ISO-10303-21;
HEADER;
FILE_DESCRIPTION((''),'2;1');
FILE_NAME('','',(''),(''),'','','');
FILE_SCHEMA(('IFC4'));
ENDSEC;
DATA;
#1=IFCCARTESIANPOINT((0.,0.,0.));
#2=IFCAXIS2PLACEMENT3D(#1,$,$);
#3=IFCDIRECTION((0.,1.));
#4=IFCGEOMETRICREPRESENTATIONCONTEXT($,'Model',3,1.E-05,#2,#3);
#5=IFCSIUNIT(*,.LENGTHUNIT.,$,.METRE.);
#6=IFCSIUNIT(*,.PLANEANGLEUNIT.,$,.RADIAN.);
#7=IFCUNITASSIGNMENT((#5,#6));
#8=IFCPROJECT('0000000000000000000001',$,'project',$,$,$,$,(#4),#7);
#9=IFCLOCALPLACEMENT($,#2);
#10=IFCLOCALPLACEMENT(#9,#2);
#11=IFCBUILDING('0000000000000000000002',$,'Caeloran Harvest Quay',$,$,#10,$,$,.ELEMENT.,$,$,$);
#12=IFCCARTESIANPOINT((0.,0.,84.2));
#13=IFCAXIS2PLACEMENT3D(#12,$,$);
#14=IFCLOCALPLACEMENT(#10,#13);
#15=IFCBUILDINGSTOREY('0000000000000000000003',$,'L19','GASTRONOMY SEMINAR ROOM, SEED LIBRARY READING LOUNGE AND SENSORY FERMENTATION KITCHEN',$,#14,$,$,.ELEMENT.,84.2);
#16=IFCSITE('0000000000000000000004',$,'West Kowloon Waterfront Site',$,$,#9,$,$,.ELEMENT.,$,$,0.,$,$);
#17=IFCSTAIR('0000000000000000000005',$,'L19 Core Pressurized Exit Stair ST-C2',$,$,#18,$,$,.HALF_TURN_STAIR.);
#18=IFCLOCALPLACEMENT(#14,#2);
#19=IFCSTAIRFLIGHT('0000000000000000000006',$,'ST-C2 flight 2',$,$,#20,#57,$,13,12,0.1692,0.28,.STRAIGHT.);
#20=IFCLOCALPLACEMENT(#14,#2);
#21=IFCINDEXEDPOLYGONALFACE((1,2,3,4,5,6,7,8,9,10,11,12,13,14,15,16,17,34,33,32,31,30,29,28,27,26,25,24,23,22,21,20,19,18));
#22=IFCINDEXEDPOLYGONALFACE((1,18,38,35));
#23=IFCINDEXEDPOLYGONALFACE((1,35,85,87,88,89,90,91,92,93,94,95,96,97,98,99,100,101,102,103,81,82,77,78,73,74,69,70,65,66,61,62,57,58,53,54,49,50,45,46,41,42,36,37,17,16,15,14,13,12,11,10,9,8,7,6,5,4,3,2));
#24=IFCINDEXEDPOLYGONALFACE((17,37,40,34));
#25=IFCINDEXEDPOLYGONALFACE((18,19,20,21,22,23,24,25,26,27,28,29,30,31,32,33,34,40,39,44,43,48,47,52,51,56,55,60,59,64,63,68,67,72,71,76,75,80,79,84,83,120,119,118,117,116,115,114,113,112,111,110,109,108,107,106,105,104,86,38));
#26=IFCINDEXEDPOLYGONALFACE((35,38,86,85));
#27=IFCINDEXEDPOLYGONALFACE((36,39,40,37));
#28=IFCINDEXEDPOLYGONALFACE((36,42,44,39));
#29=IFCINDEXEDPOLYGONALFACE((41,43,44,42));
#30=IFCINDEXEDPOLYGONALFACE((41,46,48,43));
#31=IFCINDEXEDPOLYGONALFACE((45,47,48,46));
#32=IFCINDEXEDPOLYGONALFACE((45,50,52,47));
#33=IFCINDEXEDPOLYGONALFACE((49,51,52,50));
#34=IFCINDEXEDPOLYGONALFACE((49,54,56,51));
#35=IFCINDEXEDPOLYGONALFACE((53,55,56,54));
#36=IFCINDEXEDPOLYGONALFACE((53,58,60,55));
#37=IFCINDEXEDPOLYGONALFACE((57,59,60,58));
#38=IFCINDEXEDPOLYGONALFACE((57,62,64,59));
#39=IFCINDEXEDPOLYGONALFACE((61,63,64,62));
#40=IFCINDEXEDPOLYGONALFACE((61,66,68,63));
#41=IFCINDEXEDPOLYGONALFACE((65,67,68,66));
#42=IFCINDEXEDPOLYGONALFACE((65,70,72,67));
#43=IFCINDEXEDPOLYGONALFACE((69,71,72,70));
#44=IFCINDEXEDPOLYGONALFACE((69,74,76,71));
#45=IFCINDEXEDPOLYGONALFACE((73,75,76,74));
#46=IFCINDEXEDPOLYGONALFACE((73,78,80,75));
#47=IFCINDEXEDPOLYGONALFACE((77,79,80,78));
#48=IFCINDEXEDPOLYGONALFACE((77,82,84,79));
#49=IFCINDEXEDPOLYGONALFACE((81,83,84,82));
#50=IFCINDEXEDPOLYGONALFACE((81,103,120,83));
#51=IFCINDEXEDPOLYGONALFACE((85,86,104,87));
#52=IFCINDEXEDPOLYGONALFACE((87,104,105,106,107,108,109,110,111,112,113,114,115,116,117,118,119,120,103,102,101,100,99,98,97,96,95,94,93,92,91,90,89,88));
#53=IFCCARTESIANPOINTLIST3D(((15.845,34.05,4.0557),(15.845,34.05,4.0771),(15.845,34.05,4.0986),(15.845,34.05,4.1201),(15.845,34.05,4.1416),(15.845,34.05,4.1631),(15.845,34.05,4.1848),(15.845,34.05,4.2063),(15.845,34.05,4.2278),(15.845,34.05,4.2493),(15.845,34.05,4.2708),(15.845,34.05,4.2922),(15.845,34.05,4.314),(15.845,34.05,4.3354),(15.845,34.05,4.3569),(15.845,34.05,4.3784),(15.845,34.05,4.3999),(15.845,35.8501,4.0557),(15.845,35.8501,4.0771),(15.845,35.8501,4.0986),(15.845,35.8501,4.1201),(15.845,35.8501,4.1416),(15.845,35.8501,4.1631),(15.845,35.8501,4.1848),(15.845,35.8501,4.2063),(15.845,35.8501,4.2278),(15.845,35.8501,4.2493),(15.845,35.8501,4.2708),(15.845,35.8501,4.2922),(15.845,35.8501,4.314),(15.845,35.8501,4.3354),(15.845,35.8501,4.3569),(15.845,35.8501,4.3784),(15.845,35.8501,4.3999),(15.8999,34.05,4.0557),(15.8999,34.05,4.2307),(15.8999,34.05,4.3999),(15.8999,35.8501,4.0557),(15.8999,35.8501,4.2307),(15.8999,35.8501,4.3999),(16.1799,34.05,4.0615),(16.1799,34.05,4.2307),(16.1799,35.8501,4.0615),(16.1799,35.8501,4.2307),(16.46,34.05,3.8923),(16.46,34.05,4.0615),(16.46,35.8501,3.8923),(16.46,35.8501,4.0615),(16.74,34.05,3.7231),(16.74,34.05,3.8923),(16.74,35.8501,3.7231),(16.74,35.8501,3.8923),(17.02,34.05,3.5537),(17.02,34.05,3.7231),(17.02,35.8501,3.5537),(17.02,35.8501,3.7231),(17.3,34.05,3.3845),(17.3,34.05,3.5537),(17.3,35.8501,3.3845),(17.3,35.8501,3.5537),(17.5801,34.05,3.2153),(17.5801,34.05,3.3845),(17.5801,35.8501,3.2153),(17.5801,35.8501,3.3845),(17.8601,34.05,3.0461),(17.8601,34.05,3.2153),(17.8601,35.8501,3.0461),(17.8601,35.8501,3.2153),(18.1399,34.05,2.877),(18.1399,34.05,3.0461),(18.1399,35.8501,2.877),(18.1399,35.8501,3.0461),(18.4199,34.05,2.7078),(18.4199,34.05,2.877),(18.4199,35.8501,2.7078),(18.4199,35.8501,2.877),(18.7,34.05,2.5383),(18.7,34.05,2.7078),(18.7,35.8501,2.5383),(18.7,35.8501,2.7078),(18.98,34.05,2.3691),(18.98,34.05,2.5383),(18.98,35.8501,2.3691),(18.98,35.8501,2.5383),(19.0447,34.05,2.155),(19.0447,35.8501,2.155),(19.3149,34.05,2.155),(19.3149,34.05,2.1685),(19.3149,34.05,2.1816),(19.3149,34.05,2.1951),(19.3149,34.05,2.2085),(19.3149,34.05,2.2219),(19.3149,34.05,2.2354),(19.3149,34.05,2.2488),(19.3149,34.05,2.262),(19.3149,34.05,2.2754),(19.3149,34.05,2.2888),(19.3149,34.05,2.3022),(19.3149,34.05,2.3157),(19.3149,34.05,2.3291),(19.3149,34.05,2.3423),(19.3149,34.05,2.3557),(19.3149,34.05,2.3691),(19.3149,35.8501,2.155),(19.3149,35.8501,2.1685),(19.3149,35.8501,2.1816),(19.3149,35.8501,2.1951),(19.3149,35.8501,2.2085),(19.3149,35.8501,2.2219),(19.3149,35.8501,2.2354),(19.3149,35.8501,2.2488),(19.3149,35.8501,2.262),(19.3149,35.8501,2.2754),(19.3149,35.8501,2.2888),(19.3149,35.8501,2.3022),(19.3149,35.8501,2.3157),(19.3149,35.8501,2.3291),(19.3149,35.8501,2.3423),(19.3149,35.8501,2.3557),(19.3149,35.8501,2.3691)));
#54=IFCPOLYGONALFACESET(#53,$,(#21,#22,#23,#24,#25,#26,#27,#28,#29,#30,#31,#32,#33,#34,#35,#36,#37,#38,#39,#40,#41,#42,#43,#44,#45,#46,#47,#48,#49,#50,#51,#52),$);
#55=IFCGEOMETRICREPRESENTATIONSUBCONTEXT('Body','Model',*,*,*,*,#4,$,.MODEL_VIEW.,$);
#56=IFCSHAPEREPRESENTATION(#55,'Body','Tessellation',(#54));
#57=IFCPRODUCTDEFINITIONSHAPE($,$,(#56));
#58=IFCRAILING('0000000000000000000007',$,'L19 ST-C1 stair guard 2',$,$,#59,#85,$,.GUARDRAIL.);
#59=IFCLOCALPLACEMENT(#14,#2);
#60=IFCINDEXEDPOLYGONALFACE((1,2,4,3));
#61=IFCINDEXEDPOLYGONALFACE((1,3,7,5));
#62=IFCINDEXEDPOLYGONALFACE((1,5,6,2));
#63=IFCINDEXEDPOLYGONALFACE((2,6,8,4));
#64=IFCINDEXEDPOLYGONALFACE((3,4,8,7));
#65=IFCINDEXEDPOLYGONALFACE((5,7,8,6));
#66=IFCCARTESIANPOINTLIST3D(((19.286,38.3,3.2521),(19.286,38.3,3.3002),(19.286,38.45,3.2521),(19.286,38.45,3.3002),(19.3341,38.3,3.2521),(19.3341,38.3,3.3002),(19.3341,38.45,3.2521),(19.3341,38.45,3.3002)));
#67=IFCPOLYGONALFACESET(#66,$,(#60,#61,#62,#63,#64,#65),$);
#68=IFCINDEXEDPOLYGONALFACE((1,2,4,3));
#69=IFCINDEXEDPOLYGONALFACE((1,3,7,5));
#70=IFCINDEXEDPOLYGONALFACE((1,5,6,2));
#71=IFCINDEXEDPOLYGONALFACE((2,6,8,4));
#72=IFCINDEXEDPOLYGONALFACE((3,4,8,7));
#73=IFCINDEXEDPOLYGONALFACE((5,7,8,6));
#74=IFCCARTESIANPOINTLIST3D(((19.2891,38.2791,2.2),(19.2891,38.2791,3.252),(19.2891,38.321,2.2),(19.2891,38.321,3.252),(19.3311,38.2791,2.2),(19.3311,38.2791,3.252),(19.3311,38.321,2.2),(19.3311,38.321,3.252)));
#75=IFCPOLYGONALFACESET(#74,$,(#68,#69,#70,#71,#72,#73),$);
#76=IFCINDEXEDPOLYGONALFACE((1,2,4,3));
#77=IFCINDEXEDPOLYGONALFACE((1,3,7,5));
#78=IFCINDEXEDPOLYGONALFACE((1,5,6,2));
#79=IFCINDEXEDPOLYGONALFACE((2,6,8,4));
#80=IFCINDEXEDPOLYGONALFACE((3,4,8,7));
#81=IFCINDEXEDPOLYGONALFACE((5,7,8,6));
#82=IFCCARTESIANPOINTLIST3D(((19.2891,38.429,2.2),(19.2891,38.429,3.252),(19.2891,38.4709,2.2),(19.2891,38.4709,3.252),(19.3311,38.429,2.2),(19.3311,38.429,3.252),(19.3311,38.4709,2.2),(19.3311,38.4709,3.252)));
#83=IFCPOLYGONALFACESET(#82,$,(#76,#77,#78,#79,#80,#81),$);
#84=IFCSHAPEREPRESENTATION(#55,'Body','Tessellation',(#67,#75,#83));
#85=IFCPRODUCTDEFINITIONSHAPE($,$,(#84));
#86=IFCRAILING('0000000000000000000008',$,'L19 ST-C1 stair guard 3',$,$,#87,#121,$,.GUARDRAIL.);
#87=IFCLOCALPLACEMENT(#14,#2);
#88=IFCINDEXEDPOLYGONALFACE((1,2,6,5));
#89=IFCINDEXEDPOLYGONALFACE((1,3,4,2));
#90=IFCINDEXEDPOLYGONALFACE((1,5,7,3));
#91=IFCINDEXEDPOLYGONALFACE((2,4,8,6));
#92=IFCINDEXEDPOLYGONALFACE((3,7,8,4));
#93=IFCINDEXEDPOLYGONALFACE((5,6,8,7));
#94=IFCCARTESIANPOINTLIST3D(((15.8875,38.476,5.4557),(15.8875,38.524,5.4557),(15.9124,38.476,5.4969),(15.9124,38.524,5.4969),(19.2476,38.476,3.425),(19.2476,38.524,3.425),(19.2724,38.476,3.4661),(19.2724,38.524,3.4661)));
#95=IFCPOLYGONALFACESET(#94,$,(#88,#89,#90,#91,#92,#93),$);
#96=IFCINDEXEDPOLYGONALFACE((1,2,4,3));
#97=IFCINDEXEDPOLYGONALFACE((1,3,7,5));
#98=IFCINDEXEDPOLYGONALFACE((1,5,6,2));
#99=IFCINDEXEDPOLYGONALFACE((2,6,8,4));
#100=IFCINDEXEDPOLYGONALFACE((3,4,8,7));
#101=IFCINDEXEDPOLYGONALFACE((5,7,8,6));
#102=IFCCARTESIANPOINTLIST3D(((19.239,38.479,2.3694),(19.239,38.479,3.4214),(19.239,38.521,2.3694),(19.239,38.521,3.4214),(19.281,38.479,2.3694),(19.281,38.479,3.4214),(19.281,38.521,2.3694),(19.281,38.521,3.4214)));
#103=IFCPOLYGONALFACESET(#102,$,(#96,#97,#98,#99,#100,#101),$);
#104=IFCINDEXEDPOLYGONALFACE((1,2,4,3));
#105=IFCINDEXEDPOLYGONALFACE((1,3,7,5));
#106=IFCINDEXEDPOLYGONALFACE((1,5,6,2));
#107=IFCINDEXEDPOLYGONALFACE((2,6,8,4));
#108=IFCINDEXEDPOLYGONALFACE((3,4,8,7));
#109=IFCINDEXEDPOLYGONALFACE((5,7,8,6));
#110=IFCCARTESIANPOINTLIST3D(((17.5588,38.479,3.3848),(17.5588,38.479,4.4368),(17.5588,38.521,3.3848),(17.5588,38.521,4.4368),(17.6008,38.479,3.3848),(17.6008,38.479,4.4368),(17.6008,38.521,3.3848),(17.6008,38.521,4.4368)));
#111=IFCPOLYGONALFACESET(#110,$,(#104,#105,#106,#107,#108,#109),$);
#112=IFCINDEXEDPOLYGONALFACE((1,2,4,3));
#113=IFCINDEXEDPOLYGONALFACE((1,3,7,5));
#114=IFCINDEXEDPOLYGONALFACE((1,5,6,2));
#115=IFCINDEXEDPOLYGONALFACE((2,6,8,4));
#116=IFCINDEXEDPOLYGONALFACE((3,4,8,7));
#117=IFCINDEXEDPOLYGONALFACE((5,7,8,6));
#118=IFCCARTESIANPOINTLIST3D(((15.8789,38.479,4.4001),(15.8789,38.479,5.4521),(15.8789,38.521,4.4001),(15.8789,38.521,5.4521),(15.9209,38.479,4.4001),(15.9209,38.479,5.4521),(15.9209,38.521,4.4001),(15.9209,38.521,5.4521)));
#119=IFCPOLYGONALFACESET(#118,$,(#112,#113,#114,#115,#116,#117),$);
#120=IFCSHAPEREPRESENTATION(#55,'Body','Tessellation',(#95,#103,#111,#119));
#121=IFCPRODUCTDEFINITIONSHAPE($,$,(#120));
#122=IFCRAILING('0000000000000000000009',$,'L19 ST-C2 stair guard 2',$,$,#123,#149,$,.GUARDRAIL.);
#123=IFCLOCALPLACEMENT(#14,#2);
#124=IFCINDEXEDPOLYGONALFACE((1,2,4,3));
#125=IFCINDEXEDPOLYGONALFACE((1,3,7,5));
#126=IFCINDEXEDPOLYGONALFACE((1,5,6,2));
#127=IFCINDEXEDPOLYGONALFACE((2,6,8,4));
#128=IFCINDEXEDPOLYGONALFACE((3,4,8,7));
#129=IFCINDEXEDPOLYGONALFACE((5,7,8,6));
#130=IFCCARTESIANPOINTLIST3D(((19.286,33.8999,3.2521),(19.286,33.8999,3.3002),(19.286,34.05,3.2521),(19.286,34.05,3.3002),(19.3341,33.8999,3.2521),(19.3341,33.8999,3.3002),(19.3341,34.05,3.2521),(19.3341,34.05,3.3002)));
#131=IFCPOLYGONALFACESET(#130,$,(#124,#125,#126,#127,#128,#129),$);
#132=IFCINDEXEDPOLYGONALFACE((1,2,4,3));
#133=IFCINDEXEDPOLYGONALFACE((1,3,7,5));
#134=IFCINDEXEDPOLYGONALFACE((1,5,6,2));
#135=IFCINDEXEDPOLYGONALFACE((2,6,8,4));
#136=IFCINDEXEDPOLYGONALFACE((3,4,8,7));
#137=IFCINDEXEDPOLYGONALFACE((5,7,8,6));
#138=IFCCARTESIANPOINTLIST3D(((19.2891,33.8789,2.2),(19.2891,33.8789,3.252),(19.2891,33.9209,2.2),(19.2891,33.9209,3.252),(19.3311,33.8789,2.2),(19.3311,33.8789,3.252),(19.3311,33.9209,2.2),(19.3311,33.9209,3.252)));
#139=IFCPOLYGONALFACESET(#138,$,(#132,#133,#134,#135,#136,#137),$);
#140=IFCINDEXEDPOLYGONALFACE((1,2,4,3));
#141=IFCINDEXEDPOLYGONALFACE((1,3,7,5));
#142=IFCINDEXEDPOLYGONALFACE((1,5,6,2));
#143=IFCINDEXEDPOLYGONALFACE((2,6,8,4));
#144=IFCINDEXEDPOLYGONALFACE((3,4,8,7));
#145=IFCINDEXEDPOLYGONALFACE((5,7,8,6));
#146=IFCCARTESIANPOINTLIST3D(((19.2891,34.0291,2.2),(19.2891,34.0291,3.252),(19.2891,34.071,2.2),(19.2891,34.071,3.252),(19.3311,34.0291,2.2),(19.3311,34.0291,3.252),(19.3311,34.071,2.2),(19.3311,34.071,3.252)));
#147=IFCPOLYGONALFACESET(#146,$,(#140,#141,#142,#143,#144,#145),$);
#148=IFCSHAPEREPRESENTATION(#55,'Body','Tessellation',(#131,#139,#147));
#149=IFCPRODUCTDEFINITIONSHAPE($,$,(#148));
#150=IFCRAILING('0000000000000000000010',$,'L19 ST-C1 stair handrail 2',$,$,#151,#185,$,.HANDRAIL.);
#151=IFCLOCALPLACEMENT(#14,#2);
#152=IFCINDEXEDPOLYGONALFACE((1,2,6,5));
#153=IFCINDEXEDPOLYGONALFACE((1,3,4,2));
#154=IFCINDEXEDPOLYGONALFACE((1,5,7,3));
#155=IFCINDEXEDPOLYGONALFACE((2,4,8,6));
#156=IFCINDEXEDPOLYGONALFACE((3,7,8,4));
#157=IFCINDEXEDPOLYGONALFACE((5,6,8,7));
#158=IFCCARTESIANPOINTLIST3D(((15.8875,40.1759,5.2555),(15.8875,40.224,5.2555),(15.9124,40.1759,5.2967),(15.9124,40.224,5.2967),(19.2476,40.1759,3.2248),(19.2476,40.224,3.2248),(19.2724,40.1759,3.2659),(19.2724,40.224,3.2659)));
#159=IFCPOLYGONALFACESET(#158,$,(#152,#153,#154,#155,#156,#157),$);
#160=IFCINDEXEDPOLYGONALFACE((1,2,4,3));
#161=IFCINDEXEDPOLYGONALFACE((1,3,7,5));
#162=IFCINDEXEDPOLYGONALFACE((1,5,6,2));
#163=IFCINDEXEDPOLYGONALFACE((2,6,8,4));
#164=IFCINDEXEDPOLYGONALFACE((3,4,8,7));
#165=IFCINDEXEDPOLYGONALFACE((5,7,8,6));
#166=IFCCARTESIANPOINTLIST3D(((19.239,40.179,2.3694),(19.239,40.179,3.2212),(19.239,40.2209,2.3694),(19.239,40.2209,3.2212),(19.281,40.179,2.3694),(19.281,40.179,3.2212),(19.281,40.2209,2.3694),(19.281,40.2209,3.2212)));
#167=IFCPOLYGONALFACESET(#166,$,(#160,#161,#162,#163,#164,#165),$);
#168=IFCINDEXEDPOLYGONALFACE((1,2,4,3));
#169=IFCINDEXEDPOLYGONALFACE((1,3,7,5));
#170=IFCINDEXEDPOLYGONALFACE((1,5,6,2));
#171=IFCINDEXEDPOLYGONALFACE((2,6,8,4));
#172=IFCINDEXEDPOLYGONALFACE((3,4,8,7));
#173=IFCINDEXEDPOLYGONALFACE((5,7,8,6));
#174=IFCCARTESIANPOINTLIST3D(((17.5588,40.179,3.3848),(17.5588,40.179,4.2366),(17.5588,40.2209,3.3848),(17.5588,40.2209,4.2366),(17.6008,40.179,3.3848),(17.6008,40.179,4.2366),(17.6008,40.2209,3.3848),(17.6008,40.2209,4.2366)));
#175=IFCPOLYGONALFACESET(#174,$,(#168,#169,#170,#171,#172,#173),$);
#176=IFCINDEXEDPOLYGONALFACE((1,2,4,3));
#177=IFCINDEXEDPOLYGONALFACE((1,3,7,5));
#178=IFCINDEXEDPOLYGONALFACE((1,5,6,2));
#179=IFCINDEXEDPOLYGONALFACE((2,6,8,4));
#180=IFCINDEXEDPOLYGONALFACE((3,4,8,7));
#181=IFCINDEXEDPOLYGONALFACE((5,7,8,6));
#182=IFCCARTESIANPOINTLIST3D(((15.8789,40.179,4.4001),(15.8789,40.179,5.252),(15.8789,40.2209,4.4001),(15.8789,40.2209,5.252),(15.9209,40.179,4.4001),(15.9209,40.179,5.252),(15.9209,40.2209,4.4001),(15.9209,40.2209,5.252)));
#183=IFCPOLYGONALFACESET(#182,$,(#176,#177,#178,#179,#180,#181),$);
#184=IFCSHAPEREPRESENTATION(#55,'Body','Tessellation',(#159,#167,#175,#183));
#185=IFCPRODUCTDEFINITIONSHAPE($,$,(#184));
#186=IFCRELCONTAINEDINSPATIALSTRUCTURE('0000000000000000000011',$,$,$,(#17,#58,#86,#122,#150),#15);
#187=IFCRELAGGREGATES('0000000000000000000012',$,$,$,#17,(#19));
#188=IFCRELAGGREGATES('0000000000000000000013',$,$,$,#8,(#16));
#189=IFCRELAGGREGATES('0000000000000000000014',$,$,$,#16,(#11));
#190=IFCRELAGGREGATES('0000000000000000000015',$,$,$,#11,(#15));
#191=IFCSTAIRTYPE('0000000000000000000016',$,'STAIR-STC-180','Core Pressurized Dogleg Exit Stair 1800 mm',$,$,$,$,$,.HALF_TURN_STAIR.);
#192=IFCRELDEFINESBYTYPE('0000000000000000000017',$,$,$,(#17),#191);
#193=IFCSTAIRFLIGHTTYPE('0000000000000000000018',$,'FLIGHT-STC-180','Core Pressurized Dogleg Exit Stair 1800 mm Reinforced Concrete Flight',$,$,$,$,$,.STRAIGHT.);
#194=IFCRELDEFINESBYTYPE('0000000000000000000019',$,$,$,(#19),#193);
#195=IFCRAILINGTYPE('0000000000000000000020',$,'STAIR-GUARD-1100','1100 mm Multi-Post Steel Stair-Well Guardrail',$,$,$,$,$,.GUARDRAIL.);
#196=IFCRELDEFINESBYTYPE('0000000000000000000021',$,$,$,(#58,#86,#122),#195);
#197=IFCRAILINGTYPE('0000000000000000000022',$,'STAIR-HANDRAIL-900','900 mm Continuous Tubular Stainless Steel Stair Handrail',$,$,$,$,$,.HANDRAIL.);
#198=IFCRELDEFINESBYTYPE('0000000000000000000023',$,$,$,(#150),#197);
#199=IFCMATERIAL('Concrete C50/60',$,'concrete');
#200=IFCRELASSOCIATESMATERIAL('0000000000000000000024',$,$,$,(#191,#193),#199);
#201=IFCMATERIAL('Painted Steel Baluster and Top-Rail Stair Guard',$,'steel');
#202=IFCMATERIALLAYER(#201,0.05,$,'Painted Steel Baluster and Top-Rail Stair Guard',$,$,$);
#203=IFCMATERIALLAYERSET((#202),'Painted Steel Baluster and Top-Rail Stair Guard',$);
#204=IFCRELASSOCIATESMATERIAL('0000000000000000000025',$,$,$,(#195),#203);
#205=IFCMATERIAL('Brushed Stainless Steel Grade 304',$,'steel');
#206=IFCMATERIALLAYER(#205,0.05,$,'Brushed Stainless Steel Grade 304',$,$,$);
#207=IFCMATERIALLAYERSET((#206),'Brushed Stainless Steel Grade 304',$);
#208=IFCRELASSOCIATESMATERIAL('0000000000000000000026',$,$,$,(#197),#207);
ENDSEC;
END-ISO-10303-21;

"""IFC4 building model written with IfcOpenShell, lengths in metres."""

from ifc_helpers import new_model, si_unit, direction, frame, origin, origin_2d, place, context, subcontext, project, spatial, polyline, rectangle, outline, extrude, material, layer, layer_set, type_object, element, aggregate, save


model = new_model("IFC4")

# Units and contexts
model_context = context("Model", 3, precision=1e-05, world=origin(), true_north=direction((0.0, 1.0)))
body_context = subcontext(model_context, "Body", "Model", "MODEL_VIEW")
ifc_project = project(units=[si_unit("LENGTHUNIT", "METRE"), si_unit("PLANEANGLEUNIT", "RADIAN")], contexts=[model_context])

# Site, building, storey
site_placement = place(None, origin())
site = spatial("IfcSite", under=ifc_project, at=site_placement, Name="West Kowloon Waterfront Site", CompositionType="ELEMENT", RefElevation=0.0)
building_placement = place(site_placement, origin())
building = spatial("IfcBuilding", under=site, at=building_placement, Name="Caeloran Harvest Quay", CompositionType="ELEMENT")
storey_placement = place(building_placement, frame((0.0, 0.0, 84.2)))
storey = spatial("IfcBuildingStorey", under=building, at=storey_placement, Name="L19", Description="GASTRONOMY SEMINAR ROOM, SEED LIBRARY READING LOUNGE AND SENSORY FERMENTATION KITCHEN", CompositionType="ELEMENT", Elevation=84.2)

# Shared definitions
ifc_material_1 = material(Name="Concrete C50/60", Category="concrete")

# Stair, stair flight
stair_type = type_object("IfcStairType", Name="STAIR-STC-180", Description="Core Pressurized Dogleg Exit Stair 1800 mm", PredefinedType="HALF_TURN_STAIR", material=ifc_material_1)
stair_flight_type = type_object("IfcStairFlightType", Name="FLIGHT-STC-180", Description="Core Pressurized Dogleg Exit Stair 1800 mm Reinforced Concrete Flight", PredefinedType="STRAIGHT", material=ifc_material_1)
stair_1_placement = place(storey_placement, origin())
stair_1 = element("IfcStair", 1, at=stair_1_placement, inside=storey, type_object=stair_type, Name="L19 Core Pressurized Exit Stair ST-C2", PredefinedType="HALF_TURN_STAIR")
stair_flight_1_placement = place(storey_placement, frame((19.26, 34.95, 2.2), z_axis=(0.0, 0.0, 1.0), x_axis=(-1.0, 0.0, 0.0)))
stair_flight_1 = element("IfcStairFlight", 2, at=stair_flight_1_placement, type_object=stair_flight_type, Name="ST-C2 flight 2", NumberOfRisers=13, NumberOfTreads=12, PredefinedType="STRAIGHT", RiserHeight=0.1692, TreadLength=0.28, context=body_context, shape_type="SweptSolid", body=[
    extrude(outline(polyline([(-0.0549, -0.0449), (-0.0549, -0.0315), (-0.0549, -0.0183), (-0.0549, -0.0049), (-0.0549, 0.0085), (-0.0549, 0.022), (-0.0549, 0.0354), (-0.0549, 0.0488), (-0.0549, 0.062), (-0.0549, 0.0754), (-0.0549, 0.0889), (-0.0549, 0.1023), (-0.0549, 0.1157), (-0.0549, 0.1292), (-0.0549, 0.1423), (-0.0549, 0.1558), (-0.0549, 0.1692), (0.28, 0.1692), (0.28, 0.3384), (0.5601, 0.3384), (0.5601, 0.5078), (0.8401, 0.5078), (0.8401, 0.677), (1.1201, 0.677), (1.1201, 0.8462), (1.3999, 0.8462), (1.3999, 1.0154), (1.6799, 1.0154), (1.6799, 1.1846), (1.96, 1.1846), (1.96, 1.3538), (2.24, 1.3538), (2.24, 1.5232), (2.52, 1.5232), (2.52, 1.6924), (2.8, 1.6924), (2.8, 1.8616), (3.0801, 1.8616), (3.0801, 2.0308), (3.3601, 2.0308), (3.3601, 2.2), (3.415, 2.2), (3.415, 2.1785), (3.415, 2.157), (3.415, 2.1355), (3.415, 2.114), (3.415, 2.0923), (3.415, 2.0708), (3.415, 2.0493), (3.415, 2.0278), (3.415, 2.0063), (3.415, 1.9849), (3.415, 1.9631), (3.415, 1.9417), (3.415, 1.9202), (3.415, 1.8987), (3.415, 1.8772), (3.415, 1.8557), (3.3601, 1.8557), (0.2153, -0.0449), (-0.0549, -0.0449)])), frame((0.0, 0.8999, 0.0), z_axis=(0.0, -1.0, 0.0), x_axis=(1.0, 0.0, 0.0)), (0.0, 0.0, 1.0), 1.8),
])
aggregate(stair_1, [stair_flight_1])

# Railings
ifc_material_2 = material(Name="Painted Steel Baluster and Top-Rail Stair Guard", Category="steel")
ifc_layer_1 = layer(ifc_material_2, 0.05, Name="Painted Steel Baluster and Top-Rail Stair Guard")
ifc_layer_set_1 = layer_set([ifc_layer_1], Name="Painted Steel Baluster and Top-Rail Stair Guard")
railing_type_1 = type_object("IfcRailingType", Name="STAIR-GUARD-1100", Description="1100 mm Multi-Post Steel Stair-Well Guardrail", PredefinedType="GUARDRAIL", material=ifc_layer_set_1)
railing_1_placement = place(storey_placement, frame((19.3101, 38.3, 2.2)))
element("IfcRailing", 3, at=railing_1_placement, inside=storey, type_object=railing_type_1, Name="L19 ST-C1 stair guard 2", PredefinedType="GUARDRAIL", context=body_context, shape_type="SweptSolid", body=[
    extrude(rectangle(XDim=0.0481, YDim=0.0481, at=origin_2d()), frame((0.0, 0.0, 1.0762), z_axis=(0.0, 1.0, 0.0), x_axis=(-1.0, 0.0, 0.0)), (0.0, 0.0, 1.0), 0.1499),
    extrude(rectangle(XDim=0.042, YDim=0.042, at=origin_2d()), origin(), (0.0, 0.0, 1.0), 1.052),
    extrude(rectangle(XDim=0.042, YDim=0.042, at=origin_2d()), frame((0.0, 0.1499, 0.0)), (0.0, 0.0, 1.0), 1.052),
])
railing_2_placement = place(storey_placement, frame((19.26, 38.5, 2.3694)))
element("IfcRailing", 4, at=railing_2_placement, inside=storey, type_object=railing_type_1, Name="L19 ST-C1 stair guard 3", PredefinedType="GUARDRAIL", context=body_context, shape_type="SweptSolid", body=[
    extrude(rectangle(XDim=0.0481, YDim=0.0481, at=origin_2d()), frame((0.0, 0.0, 1.0762), z_axis=(-0.855837, 0.0, 0.517246), x_axis=(0.0, -1.0, 0.0)), (0.0, 0.0, 1.0), 3.926),
    extrude(rectangle(XDim=0.042, YDim=0.042, at=origin_2d()), origin(), (0.0, 0.0, 1.0), 1.052),
    extrude(rectangle(XDim=0.042, YDim=0.042, at=origin_2d()), frame((-1.6802, 0.0, 1.0154)), (0.0, 0.0, 1.0), 1.052),
    extrude(rectangle(XDim=0.042, YDim=0.042, at=origin_2d()), frame((-3.3601, 0.0, 2.0308)), (0.0, 0.0, 1.0), 1.052),
])
railing_3_placement = place(storey_placement, frame((19.3101, 33.8999, 2.2)))
element("IfcRailing", 5, at=railing_3_placement, inside=storey, type_object=railing_type_1, Name="L19 ST-C2 stair guard 2", PredefinedType="GUARDRAIL", context=body_context, shape_type="SweptSolid", body=[
    extrude(rectangle(XDim=0.0481, YDim=0.0481, at=origin_2d()), frame((0.0, 0.0, 1.0762), z_axis=(0.0, 1.0, 0.0), x_axis=(-1.0, 0.0, 0.0)), (0.0, 0.0, 1.0), 0.1501),
    extrude(rectangle(XDim=0.042, YDim=0.042, at=origin_2d()), origin(), (0.0, 0.0, 1.0), 1.052),
    extrude(rectangle(XDim=0.042, YDim=0.042, at=origin_2d()), frame((0.0, 0.1501, 0.0)), (0.0, 0.0, 1.0), 1.052),
])
ifc_material_3 = material(Name="Brushed Stainless Steel Grade 304", Category="steel")
ifc_layer_2 = layer(ifc_material_3, 0.05, Name="Brushed Stainless Steel Grade 304")
ifc_layer_set_2 = layer_set([ifc_layer_2], Name="Brushed Stainless Steel Grade 304")
railing_type_2 = type_object("IfcRailingType", Name="STAIR-HANDRAIL-900", Description="900 mm Continuous Tubular Stainless Steel Stair Handrail", PredefinedType="HANDRAIL", material=ifc_layer_set_2)
for number, where, name in (
    (6, (19.26, 40.2, 2.3694), "L19 ST-C1 stair handrail 2"),
):
    element("IfcRailing", number, at=place(storey_placement, frame(where)), inside=storey, type_object=railing_type_2, Name=name, PredefinedType="HANDRAIL", context=body_context, shape_type="SweptSolid", body=[
        extrude(rectangle(XDim=0.0481, YDim=0.0481, at=origin_2d()), frame((0.0, 0.0, 0.876), z_axis=(-0.855837, 0.0, 0.517246), x_axis=(0.0, -1.0, 0.0)), (0.0, 0.0, 1.0), 3.926),
        extrude(rectangle(XDim=0.042, YDim=0.042, at=origin_2d()), origin(), (0.0, 0.0, 1.0), 0.8518),
        extrude(rectangle(XDim=0.042, YDim=0.042, at=origin_2d()), frame((-1.6802, 0.0, 1.0154)), (0.0, 0.0, 1.0), 0.8518),
        extrude(rectangle(XDim=0.042, YDim=0.042, at=origin_2d()), frame((-3.3601, 0.0, 2.0308)), (0.0, 0.0, 1.0), 0.8518),
    ])

save(model, "model.ifc")
